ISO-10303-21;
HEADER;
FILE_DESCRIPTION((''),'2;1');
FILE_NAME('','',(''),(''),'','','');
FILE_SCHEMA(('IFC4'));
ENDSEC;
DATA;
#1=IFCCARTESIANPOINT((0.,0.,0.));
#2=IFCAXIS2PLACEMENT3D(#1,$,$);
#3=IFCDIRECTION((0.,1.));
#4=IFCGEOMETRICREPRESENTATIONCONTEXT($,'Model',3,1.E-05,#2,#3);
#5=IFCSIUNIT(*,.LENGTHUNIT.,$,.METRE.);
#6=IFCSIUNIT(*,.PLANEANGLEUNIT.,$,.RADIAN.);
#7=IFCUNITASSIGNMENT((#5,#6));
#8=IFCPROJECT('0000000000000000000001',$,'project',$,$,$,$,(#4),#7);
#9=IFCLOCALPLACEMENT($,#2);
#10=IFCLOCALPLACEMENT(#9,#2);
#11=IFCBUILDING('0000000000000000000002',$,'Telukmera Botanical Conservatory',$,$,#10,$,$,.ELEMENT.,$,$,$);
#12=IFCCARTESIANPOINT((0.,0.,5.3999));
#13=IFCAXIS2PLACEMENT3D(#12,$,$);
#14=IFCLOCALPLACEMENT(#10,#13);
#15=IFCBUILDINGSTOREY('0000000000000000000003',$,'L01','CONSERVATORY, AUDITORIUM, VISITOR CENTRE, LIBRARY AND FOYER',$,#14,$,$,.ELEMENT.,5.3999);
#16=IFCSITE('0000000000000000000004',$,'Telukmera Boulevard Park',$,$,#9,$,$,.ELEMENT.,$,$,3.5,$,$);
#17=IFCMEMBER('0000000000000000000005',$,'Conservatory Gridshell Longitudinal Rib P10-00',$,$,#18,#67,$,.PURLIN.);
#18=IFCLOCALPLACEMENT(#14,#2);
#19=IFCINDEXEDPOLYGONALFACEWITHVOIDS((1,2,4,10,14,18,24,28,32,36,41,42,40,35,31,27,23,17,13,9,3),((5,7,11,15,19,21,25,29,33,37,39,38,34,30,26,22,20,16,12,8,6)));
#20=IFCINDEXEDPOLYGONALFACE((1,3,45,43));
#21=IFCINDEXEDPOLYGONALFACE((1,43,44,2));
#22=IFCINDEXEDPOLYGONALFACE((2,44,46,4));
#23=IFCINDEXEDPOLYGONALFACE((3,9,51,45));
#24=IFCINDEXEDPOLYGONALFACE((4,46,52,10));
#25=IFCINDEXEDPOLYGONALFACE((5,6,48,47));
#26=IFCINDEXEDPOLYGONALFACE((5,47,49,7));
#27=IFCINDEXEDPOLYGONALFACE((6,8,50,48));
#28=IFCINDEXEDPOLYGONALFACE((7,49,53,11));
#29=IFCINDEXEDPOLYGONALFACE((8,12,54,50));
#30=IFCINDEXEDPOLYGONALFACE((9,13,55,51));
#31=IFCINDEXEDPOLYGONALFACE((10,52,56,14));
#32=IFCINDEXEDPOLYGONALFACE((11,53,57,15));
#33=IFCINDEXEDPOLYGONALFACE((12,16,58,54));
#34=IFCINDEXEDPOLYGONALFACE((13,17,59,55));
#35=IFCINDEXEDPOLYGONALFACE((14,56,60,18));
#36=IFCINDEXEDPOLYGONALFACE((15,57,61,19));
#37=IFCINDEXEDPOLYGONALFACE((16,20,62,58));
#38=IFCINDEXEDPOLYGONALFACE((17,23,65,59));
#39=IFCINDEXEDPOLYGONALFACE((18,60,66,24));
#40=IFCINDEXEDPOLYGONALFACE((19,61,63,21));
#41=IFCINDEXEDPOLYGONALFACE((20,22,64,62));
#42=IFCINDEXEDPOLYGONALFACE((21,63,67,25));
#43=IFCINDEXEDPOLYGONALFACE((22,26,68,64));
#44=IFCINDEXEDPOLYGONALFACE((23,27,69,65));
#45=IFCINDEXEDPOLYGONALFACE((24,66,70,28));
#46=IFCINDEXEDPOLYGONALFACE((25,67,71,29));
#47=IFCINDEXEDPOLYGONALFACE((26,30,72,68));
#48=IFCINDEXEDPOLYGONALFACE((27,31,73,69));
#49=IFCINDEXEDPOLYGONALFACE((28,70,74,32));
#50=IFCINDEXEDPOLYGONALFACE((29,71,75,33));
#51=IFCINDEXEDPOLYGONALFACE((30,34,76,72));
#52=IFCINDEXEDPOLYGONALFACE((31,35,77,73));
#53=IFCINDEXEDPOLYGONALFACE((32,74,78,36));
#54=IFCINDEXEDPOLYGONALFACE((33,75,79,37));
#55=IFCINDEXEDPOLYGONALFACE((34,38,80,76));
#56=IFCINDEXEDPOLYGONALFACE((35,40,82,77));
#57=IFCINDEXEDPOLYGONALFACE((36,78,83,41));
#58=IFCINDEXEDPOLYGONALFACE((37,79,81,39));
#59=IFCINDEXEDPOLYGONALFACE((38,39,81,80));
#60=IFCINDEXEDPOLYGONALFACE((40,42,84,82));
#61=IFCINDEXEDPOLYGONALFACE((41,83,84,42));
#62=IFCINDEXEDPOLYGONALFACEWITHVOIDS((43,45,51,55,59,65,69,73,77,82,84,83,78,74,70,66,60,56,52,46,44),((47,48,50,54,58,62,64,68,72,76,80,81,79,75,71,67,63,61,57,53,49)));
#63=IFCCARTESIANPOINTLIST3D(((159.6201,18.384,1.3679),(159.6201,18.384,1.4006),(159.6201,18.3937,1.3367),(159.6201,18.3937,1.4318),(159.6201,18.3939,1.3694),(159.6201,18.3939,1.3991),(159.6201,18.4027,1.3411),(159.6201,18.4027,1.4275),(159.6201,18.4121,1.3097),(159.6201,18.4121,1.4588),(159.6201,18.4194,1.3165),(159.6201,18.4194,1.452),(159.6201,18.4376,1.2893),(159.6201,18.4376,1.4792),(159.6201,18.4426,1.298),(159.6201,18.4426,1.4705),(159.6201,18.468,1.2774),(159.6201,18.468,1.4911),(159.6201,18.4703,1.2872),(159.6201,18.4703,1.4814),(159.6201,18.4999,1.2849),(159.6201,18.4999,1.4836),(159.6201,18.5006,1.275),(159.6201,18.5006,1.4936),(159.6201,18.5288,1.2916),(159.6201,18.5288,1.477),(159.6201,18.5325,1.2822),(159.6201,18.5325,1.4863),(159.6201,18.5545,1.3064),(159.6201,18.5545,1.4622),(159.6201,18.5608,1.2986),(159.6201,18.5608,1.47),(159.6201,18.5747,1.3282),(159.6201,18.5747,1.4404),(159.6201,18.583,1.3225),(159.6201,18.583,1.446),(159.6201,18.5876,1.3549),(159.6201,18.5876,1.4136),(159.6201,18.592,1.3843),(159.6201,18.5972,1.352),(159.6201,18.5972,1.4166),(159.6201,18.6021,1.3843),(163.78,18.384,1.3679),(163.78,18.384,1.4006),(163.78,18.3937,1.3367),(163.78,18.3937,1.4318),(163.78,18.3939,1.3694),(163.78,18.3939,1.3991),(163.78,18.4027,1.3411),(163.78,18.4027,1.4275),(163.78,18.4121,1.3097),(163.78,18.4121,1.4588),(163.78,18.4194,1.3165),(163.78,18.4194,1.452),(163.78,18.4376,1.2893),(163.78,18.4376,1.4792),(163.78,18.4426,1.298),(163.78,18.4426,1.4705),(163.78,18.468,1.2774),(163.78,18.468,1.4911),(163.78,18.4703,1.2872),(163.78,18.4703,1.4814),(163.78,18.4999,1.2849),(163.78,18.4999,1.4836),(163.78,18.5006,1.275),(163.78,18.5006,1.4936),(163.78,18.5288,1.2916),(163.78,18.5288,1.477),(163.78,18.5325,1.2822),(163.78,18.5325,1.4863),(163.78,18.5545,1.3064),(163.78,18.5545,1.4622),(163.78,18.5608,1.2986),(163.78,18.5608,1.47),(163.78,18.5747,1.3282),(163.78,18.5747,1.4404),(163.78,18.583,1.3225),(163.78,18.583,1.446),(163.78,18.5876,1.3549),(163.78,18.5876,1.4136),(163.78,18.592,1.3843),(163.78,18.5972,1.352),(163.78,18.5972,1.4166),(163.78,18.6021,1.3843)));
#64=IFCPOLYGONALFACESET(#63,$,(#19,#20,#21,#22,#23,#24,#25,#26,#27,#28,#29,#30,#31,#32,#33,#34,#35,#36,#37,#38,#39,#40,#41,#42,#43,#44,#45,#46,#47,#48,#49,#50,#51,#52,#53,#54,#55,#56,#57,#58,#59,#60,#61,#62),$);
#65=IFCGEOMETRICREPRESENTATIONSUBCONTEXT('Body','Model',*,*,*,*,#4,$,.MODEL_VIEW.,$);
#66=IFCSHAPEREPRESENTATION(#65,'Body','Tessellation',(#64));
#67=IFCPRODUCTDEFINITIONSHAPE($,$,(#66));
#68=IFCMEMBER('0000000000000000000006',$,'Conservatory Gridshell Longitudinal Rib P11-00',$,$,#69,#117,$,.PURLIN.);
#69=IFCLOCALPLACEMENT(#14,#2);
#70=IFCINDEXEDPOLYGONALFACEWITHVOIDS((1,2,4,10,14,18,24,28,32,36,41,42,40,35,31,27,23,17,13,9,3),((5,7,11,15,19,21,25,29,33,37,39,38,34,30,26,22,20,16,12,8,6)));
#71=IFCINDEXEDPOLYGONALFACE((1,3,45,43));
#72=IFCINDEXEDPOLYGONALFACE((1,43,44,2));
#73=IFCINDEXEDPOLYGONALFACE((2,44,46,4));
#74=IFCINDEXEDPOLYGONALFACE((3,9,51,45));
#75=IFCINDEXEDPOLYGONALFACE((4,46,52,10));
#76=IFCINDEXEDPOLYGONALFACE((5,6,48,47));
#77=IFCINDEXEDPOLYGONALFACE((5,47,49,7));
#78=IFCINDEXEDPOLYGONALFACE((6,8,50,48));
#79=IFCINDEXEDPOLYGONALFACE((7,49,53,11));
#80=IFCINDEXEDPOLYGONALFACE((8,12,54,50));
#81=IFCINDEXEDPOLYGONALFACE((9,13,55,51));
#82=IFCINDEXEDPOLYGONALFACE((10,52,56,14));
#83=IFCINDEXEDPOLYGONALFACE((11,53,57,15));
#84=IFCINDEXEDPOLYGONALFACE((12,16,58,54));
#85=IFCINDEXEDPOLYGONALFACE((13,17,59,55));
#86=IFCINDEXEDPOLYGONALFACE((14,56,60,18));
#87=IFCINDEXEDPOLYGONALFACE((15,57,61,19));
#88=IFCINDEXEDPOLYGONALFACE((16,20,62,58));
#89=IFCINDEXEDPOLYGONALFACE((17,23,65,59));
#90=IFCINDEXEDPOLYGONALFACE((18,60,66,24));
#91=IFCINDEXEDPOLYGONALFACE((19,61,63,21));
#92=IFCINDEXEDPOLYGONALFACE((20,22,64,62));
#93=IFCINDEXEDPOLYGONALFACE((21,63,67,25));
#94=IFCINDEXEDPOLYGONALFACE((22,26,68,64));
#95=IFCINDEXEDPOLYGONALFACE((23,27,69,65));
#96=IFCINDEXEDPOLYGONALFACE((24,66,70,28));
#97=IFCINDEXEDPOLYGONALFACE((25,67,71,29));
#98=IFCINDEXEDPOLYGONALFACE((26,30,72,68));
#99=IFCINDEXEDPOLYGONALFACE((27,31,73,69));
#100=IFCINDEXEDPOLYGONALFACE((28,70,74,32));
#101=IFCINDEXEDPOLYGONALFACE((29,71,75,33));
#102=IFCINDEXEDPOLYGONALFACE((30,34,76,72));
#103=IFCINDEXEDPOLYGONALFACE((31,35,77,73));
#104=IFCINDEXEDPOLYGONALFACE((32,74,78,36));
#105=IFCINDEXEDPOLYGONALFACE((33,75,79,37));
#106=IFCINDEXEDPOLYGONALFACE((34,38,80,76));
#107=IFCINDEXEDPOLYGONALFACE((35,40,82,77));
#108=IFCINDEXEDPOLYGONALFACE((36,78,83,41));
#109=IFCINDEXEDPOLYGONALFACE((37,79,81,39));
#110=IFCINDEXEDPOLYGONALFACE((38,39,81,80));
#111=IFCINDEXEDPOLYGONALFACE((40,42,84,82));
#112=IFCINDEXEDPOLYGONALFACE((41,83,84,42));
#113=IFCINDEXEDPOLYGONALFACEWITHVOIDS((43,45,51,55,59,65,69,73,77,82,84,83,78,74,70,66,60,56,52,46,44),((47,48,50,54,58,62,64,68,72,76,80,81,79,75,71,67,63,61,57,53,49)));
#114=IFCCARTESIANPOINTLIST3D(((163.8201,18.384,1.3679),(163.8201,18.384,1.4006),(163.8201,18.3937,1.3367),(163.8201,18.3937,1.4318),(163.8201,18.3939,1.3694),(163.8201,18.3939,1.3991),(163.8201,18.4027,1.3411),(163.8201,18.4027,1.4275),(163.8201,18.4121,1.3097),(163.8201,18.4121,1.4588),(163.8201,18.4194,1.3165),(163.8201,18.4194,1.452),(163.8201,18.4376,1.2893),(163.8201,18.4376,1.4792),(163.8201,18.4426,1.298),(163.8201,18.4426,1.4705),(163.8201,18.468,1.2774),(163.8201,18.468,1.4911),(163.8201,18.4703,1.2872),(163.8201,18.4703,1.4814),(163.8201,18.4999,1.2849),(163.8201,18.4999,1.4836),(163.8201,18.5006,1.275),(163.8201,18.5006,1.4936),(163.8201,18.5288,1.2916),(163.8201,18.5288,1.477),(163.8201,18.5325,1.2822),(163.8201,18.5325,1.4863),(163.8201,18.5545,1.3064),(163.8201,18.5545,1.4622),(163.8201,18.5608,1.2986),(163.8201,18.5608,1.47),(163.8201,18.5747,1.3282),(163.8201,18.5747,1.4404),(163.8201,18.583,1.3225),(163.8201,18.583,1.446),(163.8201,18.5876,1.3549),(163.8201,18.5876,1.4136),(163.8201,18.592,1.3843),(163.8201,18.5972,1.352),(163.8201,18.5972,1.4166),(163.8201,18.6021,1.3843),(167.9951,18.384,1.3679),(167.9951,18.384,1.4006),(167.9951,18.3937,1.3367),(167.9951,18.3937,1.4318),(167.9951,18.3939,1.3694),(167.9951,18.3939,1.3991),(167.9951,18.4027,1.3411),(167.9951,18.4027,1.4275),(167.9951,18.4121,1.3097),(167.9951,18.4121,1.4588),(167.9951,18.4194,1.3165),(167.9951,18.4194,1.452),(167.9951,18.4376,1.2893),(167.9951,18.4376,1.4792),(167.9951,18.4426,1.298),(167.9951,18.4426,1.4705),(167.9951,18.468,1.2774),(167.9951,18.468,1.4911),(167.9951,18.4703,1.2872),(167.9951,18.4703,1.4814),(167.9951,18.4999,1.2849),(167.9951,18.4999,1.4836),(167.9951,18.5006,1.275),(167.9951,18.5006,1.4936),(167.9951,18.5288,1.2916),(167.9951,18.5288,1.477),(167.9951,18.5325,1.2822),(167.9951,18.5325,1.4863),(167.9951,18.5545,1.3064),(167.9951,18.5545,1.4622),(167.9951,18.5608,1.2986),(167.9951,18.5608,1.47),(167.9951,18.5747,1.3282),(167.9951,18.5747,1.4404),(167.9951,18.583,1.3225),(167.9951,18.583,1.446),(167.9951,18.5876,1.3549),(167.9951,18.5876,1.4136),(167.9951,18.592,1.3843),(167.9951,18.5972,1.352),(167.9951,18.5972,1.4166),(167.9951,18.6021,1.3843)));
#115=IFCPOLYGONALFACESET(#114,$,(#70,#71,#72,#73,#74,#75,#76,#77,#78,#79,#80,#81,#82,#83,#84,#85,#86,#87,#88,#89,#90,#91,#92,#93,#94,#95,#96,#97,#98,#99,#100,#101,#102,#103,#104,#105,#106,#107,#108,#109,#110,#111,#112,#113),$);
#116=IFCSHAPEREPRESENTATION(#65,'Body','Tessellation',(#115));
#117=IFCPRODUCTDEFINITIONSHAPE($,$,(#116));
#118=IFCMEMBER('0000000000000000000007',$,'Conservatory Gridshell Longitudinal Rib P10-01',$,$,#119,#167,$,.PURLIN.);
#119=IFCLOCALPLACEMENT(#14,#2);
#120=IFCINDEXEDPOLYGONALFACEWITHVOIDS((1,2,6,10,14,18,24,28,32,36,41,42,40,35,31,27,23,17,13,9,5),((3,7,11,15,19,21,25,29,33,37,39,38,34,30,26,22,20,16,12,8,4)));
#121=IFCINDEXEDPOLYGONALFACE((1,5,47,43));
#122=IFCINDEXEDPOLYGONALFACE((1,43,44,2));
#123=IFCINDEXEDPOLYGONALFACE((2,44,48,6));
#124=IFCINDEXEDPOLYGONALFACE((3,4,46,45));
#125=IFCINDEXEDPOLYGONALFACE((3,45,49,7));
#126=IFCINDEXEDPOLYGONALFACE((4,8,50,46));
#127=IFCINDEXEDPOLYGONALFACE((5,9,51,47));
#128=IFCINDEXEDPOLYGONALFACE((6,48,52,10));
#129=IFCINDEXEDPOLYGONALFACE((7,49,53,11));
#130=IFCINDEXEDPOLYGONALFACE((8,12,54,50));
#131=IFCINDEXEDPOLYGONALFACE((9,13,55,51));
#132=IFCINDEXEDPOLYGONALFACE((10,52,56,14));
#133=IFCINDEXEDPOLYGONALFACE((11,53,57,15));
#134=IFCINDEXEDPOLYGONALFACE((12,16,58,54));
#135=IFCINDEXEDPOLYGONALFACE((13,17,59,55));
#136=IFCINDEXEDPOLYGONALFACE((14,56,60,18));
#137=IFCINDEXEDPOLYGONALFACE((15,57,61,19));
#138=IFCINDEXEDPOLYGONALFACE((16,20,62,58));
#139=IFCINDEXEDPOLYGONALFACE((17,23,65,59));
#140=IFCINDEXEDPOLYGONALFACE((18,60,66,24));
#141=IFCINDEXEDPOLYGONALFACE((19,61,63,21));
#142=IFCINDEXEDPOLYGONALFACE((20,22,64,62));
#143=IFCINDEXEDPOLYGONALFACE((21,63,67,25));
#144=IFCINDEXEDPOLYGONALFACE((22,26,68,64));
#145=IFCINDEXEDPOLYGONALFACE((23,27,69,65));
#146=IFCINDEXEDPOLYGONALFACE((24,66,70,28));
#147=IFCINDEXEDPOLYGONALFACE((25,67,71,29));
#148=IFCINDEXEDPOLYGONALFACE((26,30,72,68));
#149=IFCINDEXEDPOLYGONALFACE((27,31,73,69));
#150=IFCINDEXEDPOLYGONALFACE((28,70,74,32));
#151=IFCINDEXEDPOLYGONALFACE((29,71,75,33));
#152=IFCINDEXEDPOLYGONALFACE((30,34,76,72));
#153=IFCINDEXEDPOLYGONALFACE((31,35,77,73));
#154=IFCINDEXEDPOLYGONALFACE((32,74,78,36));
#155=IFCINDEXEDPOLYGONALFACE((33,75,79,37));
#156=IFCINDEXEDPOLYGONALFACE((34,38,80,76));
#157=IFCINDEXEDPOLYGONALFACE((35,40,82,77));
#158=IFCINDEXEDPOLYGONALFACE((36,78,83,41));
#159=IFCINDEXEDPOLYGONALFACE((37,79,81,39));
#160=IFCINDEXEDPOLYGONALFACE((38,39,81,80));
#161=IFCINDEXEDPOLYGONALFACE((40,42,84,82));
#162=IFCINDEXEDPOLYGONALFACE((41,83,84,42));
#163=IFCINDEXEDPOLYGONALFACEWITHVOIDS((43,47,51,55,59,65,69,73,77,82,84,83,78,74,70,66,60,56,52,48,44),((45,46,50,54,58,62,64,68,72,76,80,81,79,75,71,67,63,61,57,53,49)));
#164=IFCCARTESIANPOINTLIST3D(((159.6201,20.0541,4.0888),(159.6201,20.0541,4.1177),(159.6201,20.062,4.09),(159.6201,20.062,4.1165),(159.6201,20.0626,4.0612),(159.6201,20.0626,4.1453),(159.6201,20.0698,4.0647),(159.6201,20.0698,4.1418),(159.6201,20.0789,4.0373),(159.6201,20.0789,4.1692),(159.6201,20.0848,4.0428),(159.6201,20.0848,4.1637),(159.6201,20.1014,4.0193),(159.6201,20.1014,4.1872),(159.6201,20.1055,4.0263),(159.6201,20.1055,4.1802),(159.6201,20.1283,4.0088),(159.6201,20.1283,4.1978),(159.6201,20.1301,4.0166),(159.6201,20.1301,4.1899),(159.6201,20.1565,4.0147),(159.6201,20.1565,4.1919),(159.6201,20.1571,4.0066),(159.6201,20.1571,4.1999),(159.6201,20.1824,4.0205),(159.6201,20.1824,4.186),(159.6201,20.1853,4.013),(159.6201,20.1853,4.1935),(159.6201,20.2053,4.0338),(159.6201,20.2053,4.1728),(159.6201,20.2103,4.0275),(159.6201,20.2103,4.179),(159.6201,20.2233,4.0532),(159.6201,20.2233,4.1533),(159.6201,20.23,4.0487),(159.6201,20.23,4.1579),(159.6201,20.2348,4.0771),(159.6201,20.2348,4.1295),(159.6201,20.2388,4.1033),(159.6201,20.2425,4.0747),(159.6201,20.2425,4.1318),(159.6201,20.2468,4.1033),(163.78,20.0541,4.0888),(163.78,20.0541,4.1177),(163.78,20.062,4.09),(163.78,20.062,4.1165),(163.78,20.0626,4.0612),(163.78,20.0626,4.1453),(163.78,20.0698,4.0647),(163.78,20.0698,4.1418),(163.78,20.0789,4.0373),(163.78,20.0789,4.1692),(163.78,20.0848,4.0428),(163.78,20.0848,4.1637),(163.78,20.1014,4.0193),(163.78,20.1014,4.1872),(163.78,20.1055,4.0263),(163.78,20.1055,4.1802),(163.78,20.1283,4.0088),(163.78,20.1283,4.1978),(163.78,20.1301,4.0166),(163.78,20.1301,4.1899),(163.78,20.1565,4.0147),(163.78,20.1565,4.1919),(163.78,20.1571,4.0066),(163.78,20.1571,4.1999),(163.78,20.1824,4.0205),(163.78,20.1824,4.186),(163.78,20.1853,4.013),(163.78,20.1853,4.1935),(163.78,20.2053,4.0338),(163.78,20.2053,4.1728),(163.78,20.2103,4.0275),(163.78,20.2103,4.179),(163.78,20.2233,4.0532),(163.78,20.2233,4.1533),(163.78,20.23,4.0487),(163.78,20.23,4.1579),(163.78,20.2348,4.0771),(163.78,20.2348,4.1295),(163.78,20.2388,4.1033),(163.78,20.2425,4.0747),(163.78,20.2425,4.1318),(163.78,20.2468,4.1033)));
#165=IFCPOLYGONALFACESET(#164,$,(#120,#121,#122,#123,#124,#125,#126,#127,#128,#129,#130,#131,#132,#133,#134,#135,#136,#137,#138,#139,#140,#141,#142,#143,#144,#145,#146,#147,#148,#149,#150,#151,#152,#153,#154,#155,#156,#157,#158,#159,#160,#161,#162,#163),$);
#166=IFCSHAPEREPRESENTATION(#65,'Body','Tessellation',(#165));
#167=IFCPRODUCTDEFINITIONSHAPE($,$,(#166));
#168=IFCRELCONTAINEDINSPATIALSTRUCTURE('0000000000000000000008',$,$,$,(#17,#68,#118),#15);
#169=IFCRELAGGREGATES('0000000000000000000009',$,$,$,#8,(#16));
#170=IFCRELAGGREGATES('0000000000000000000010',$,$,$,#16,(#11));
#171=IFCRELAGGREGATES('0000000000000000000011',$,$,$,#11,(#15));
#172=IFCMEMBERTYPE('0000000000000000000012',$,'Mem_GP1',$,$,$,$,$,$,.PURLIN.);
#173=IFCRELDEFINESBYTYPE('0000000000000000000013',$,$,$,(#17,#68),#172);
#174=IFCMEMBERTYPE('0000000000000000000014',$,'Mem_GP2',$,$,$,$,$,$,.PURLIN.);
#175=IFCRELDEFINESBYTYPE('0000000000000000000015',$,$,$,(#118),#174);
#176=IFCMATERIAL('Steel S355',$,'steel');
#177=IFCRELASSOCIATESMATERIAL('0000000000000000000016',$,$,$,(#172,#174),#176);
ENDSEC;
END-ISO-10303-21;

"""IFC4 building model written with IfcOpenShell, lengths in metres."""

from ifc_helpers import new_model, si_unit, direction, frame, origin, origin_2d, place, context, subcontext, project, spatial, hollow_circle, extrude, material, material_profile, profile_set, type_object, element, save


model = new_model("IFC4")

# Units and contexts
model_context = context("Model", 3, precision=1e-05, world=origin(), true_north=direction((0.0, 1.0)))
body_context = subcontext(model_context, "Body", "Model", "MODEL_VIEW")
ifc_project = project(units=[si_unit("LENGTHUNIT", "METRE"), si_unit("PLANEANGLEUNIT", "RADIAN")], contexts=[model_context])

# Site, building, storey
site_placement = place(None, origin())
site = spatial("IfcSite", under=ifc_project, at=site_placement, Name="Telukmera Boulevard Park", CompositionType="ELEMENT", RefElevation=3.5)
building_placement = place(site_placement, origin())
building = spatial("IfcBuilding", under=site, at=building_placement, Name="Telukmera Botanical Conservatory", CompositionType="ELEMENT")
storey_placement = place(building_placement, frame((0.0, 0.0, 5.3999)))
storey = spatial("IfcBuildingStorey", under=building, at=storey_placement, Name="L01", Description="CONSERVATORY, AUDITORIUM, VISITOR CENTRE, LIBRARY AND FOYER", CompositionType="ELEMENT", Elevation=5.3999)

# Shared definitions
ifc_material_1 = material(Name="Steel S355", Category="steel")

# Members
ifc_material_profile_1 = material_profile(ifc_material_1, hollow_circle(Radius=0.1096, WallThickness=0.01, at=origin_2d()), Name="CHS 219.1x10.0")
ifc_profile_set_1 = profile_set([ifc_material_profile_1], Name="Steel S355")
member_type_1 = type_object("IfcMemberType", Name="Mem_GP1", PredefinedType="PURLIN", material=ifc_profile_set_1)
member_1_placement = place(storey_placement, frame((159.6201, 18.4924, 1.3843), z_axis=(1.0, 0.0, 0.0), x_axis=(0.0, 1.0, 0.0)))
element("IfcMember", 1, at=member_1_placement, inside=storey, type_object=member_type_1, Name="Conservatory Gridshell Longitudinal Rib P10-00", PredefinedType="PURLIN", context=body_context, shape_type="SweptSolid", body=[
    extrude(hollow_circle(Radius=0.1096, WallThickness=0.01, at=origin_2d()), origin(), (0.0, 0.0, 1.0), 4.1599),
])
member_2_placement = place(storey_placement, frame((163.8201, 18.4924, 1.3843), z_axis=(1.0, 0.0, 0.0), x_axis=(0.0, 1.0, 0.0)))
element("IfcMember", 2, at=member_2_placement, inside=storey, type_object=member_type_1, Name="Conservatory Gridshell Longitudinal Rib P11-00", PredefinedType="PURLIN", context=body_context, shape_type="SweptSolid", body=[
    extrude(hollow_circle(Radius=0.1096, WallThickness=0.01, at=origin_2d()), origin(), (0.0, 0.0, 1.0), 4.175),
])
ifc_material_profile_2 = material_profile(ifc_material_1, hollow_circle(Radius=0.0969, WallThickness=0.0081, at=origin_2d()), Name="CHS 193.7x8.0")
ifc_profile_set_2 = profile_set([ifc_material_profile_2], Name="Steel S355")
member_type_2 = type_object("IfcMemberType", Name="Mem_GP2", PredefinedType="PURLIN", material=ifc_profile_set_2)
for number, where, z_axis, x_axis, name in (
    (3, (159.6201, 20.1499, 4.1033), (1.0, 0.0, 0.0), (0.0, 1.0, 0.0), "Conservatory Gridshell Longitudinal Rib P10-01"),
):
    element("IfcMember", number, at=place(storey_placement, frame(where, z_axis=z_axis, x_axis=x_axis)), inside=storey, type_object=member_type_2, Name=name, PredefinedType="PURLIN", context=body_context, shape_type="SweptSolid", body=[
        extrude(hollow_circle(Radius=0.0969, WallThickness=0.0081, at=origin_2d()), origin(), (0.0, 0.0, 1.0), 4.1599),
    ])

save(model, "model.ifc")
